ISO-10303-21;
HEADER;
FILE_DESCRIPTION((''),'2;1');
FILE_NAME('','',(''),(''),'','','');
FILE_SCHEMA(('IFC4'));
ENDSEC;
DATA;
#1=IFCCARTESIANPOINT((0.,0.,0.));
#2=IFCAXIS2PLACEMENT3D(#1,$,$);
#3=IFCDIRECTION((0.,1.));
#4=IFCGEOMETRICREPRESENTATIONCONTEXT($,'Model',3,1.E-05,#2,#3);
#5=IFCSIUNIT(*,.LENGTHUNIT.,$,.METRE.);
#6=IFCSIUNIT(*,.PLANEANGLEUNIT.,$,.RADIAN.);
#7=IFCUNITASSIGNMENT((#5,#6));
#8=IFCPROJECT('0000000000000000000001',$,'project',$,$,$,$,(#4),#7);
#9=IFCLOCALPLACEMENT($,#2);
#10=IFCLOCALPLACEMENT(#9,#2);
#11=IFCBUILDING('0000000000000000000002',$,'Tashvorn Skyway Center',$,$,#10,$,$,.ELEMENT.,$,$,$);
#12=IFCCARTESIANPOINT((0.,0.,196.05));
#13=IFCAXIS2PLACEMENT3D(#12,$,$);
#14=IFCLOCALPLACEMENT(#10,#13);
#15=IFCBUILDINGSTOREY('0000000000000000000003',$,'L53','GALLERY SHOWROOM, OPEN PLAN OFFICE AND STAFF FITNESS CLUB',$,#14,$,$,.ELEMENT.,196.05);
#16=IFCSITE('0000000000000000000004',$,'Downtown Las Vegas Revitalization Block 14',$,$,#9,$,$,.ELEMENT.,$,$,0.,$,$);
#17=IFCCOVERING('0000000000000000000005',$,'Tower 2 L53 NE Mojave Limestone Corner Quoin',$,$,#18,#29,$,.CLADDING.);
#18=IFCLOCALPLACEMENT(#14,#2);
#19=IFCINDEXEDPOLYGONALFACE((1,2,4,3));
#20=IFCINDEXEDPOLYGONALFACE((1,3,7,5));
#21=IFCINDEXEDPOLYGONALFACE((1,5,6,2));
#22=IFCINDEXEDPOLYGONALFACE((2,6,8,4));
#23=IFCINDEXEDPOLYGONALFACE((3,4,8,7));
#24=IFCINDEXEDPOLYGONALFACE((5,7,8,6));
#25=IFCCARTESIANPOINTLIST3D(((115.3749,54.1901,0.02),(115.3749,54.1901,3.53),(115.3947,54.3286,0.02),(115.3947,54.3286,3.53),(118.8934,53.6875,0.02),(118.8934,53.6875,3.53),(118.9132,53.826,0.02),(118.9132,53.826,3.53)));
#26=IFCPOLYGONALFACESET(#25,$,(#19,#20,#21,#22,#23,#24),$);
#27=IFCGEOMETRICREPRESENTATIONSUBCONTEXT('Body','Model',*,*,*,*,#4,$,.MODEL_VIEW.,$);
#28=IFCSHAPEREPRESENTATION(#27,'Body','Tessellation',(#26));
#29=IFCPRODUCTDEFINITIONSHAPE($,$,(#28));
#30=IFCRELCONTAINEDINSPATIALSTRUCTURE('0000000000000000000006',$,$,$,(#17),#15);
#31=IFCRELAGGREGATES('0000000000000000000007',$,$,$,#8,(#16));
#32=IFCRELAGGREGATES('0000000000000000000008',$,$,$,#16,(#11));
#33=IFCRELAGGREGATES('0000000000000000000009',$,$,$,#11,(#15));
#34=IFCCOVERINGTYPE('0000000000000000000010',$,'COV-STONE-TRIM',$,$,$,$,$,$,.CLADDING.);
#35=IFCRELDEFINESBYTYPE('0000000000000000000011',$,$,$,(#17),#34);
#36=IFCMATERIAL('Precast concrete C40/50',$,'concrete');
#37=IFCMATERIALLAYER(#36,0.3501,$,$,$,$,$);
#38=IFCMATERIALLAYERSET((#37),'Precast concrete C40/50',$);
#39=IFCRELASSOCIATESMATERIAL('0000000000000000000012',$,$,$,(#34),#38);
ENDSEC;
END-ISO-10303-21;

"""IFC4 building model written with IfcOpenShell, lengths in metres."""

from ifc_helpers import new_model, si_unit, direction, frame, origin, origin_2d, place, context, subcontext, project, spatial, rectangle, extrude, material, layer, layer_set, type_object, element, save


model = new_model("IFC4")

# Units and contexts
model_context = context("Model", 3, precision=1e-05, world=origin(), true_north=direction((0.0, 1.0)))
body_context = subcontext(model_context, "Body", "Model", "MODEL_VIEW")
ifc_project = project(units=[si_unit("LENGTHUNIT", "METRE"), si_unit("PLANEANGLEUNIT", "RADIAN")], contexts=[model_context])

# Site, building, storey
site_placement = place(None, origin())
site = spatial("IfcSite", under=ifc_project, at=site_placement, Name="Downtown Las Vegas Revitalization Block 14", CompositionType="ELEMENT", RefElevation=0.0)
building_placement = place(site_placement, origin())
building = spatial("IfcBuilding", under=site, at=building_placement, Name="Tashvorn Skyway Center", CompositionType="ELEMENT")
storey_placement = place(building_placement, frame((0.0, 0.0, 196.05)))
storey = spatial("IfcBuildingStorey", under=building, at=storey_placement, Name="L53", Description="GALLERY SHOWROOM, OPEN PLAN OFFICE AND STAFF FITNESS CLUB", CompositionType="ELEMENT", Elevation=196.05)

# Shared definitions
ifc_material_1 = material(Name="Precast concrete C40/50", Category="concrete")

# Covering
ifc_layer_1 = layer(ifc_material_1, 0.3501)
ifc_layer_set_1 = layer_set([ifc_layer_1], Name="Precast concrete C40/50")
covering_type_1 = type_object("IfcCoveringType", Name="COV-STONE-TRIM", PredefinedType="CLADDING", material=ifc_layer_set_1)
covering_1_placement = place(storey_placement, frame((117.144, 54.0081, 0.02), z_axis=(0.0, 0.0, 1.0), x_axis=(0.989949, -0.141421, 0.0)))
element("IfcCovering", 1, at=covering_1_placement, inside=storey, type_object=covering_type_1, Name="Tower 2 L53 NE Mojave Limestone Corner Quoin", PredefinedType="CLADDING", context=body_context, shape_type="SweptSolid", body=[
    extrude(rectangle(XDim=3.5542, YDim=0.1399, at=origin_2d()), origin(), (0.0, 0.0, 1.0), 3.51),
])

save(model, "model.ifc")
